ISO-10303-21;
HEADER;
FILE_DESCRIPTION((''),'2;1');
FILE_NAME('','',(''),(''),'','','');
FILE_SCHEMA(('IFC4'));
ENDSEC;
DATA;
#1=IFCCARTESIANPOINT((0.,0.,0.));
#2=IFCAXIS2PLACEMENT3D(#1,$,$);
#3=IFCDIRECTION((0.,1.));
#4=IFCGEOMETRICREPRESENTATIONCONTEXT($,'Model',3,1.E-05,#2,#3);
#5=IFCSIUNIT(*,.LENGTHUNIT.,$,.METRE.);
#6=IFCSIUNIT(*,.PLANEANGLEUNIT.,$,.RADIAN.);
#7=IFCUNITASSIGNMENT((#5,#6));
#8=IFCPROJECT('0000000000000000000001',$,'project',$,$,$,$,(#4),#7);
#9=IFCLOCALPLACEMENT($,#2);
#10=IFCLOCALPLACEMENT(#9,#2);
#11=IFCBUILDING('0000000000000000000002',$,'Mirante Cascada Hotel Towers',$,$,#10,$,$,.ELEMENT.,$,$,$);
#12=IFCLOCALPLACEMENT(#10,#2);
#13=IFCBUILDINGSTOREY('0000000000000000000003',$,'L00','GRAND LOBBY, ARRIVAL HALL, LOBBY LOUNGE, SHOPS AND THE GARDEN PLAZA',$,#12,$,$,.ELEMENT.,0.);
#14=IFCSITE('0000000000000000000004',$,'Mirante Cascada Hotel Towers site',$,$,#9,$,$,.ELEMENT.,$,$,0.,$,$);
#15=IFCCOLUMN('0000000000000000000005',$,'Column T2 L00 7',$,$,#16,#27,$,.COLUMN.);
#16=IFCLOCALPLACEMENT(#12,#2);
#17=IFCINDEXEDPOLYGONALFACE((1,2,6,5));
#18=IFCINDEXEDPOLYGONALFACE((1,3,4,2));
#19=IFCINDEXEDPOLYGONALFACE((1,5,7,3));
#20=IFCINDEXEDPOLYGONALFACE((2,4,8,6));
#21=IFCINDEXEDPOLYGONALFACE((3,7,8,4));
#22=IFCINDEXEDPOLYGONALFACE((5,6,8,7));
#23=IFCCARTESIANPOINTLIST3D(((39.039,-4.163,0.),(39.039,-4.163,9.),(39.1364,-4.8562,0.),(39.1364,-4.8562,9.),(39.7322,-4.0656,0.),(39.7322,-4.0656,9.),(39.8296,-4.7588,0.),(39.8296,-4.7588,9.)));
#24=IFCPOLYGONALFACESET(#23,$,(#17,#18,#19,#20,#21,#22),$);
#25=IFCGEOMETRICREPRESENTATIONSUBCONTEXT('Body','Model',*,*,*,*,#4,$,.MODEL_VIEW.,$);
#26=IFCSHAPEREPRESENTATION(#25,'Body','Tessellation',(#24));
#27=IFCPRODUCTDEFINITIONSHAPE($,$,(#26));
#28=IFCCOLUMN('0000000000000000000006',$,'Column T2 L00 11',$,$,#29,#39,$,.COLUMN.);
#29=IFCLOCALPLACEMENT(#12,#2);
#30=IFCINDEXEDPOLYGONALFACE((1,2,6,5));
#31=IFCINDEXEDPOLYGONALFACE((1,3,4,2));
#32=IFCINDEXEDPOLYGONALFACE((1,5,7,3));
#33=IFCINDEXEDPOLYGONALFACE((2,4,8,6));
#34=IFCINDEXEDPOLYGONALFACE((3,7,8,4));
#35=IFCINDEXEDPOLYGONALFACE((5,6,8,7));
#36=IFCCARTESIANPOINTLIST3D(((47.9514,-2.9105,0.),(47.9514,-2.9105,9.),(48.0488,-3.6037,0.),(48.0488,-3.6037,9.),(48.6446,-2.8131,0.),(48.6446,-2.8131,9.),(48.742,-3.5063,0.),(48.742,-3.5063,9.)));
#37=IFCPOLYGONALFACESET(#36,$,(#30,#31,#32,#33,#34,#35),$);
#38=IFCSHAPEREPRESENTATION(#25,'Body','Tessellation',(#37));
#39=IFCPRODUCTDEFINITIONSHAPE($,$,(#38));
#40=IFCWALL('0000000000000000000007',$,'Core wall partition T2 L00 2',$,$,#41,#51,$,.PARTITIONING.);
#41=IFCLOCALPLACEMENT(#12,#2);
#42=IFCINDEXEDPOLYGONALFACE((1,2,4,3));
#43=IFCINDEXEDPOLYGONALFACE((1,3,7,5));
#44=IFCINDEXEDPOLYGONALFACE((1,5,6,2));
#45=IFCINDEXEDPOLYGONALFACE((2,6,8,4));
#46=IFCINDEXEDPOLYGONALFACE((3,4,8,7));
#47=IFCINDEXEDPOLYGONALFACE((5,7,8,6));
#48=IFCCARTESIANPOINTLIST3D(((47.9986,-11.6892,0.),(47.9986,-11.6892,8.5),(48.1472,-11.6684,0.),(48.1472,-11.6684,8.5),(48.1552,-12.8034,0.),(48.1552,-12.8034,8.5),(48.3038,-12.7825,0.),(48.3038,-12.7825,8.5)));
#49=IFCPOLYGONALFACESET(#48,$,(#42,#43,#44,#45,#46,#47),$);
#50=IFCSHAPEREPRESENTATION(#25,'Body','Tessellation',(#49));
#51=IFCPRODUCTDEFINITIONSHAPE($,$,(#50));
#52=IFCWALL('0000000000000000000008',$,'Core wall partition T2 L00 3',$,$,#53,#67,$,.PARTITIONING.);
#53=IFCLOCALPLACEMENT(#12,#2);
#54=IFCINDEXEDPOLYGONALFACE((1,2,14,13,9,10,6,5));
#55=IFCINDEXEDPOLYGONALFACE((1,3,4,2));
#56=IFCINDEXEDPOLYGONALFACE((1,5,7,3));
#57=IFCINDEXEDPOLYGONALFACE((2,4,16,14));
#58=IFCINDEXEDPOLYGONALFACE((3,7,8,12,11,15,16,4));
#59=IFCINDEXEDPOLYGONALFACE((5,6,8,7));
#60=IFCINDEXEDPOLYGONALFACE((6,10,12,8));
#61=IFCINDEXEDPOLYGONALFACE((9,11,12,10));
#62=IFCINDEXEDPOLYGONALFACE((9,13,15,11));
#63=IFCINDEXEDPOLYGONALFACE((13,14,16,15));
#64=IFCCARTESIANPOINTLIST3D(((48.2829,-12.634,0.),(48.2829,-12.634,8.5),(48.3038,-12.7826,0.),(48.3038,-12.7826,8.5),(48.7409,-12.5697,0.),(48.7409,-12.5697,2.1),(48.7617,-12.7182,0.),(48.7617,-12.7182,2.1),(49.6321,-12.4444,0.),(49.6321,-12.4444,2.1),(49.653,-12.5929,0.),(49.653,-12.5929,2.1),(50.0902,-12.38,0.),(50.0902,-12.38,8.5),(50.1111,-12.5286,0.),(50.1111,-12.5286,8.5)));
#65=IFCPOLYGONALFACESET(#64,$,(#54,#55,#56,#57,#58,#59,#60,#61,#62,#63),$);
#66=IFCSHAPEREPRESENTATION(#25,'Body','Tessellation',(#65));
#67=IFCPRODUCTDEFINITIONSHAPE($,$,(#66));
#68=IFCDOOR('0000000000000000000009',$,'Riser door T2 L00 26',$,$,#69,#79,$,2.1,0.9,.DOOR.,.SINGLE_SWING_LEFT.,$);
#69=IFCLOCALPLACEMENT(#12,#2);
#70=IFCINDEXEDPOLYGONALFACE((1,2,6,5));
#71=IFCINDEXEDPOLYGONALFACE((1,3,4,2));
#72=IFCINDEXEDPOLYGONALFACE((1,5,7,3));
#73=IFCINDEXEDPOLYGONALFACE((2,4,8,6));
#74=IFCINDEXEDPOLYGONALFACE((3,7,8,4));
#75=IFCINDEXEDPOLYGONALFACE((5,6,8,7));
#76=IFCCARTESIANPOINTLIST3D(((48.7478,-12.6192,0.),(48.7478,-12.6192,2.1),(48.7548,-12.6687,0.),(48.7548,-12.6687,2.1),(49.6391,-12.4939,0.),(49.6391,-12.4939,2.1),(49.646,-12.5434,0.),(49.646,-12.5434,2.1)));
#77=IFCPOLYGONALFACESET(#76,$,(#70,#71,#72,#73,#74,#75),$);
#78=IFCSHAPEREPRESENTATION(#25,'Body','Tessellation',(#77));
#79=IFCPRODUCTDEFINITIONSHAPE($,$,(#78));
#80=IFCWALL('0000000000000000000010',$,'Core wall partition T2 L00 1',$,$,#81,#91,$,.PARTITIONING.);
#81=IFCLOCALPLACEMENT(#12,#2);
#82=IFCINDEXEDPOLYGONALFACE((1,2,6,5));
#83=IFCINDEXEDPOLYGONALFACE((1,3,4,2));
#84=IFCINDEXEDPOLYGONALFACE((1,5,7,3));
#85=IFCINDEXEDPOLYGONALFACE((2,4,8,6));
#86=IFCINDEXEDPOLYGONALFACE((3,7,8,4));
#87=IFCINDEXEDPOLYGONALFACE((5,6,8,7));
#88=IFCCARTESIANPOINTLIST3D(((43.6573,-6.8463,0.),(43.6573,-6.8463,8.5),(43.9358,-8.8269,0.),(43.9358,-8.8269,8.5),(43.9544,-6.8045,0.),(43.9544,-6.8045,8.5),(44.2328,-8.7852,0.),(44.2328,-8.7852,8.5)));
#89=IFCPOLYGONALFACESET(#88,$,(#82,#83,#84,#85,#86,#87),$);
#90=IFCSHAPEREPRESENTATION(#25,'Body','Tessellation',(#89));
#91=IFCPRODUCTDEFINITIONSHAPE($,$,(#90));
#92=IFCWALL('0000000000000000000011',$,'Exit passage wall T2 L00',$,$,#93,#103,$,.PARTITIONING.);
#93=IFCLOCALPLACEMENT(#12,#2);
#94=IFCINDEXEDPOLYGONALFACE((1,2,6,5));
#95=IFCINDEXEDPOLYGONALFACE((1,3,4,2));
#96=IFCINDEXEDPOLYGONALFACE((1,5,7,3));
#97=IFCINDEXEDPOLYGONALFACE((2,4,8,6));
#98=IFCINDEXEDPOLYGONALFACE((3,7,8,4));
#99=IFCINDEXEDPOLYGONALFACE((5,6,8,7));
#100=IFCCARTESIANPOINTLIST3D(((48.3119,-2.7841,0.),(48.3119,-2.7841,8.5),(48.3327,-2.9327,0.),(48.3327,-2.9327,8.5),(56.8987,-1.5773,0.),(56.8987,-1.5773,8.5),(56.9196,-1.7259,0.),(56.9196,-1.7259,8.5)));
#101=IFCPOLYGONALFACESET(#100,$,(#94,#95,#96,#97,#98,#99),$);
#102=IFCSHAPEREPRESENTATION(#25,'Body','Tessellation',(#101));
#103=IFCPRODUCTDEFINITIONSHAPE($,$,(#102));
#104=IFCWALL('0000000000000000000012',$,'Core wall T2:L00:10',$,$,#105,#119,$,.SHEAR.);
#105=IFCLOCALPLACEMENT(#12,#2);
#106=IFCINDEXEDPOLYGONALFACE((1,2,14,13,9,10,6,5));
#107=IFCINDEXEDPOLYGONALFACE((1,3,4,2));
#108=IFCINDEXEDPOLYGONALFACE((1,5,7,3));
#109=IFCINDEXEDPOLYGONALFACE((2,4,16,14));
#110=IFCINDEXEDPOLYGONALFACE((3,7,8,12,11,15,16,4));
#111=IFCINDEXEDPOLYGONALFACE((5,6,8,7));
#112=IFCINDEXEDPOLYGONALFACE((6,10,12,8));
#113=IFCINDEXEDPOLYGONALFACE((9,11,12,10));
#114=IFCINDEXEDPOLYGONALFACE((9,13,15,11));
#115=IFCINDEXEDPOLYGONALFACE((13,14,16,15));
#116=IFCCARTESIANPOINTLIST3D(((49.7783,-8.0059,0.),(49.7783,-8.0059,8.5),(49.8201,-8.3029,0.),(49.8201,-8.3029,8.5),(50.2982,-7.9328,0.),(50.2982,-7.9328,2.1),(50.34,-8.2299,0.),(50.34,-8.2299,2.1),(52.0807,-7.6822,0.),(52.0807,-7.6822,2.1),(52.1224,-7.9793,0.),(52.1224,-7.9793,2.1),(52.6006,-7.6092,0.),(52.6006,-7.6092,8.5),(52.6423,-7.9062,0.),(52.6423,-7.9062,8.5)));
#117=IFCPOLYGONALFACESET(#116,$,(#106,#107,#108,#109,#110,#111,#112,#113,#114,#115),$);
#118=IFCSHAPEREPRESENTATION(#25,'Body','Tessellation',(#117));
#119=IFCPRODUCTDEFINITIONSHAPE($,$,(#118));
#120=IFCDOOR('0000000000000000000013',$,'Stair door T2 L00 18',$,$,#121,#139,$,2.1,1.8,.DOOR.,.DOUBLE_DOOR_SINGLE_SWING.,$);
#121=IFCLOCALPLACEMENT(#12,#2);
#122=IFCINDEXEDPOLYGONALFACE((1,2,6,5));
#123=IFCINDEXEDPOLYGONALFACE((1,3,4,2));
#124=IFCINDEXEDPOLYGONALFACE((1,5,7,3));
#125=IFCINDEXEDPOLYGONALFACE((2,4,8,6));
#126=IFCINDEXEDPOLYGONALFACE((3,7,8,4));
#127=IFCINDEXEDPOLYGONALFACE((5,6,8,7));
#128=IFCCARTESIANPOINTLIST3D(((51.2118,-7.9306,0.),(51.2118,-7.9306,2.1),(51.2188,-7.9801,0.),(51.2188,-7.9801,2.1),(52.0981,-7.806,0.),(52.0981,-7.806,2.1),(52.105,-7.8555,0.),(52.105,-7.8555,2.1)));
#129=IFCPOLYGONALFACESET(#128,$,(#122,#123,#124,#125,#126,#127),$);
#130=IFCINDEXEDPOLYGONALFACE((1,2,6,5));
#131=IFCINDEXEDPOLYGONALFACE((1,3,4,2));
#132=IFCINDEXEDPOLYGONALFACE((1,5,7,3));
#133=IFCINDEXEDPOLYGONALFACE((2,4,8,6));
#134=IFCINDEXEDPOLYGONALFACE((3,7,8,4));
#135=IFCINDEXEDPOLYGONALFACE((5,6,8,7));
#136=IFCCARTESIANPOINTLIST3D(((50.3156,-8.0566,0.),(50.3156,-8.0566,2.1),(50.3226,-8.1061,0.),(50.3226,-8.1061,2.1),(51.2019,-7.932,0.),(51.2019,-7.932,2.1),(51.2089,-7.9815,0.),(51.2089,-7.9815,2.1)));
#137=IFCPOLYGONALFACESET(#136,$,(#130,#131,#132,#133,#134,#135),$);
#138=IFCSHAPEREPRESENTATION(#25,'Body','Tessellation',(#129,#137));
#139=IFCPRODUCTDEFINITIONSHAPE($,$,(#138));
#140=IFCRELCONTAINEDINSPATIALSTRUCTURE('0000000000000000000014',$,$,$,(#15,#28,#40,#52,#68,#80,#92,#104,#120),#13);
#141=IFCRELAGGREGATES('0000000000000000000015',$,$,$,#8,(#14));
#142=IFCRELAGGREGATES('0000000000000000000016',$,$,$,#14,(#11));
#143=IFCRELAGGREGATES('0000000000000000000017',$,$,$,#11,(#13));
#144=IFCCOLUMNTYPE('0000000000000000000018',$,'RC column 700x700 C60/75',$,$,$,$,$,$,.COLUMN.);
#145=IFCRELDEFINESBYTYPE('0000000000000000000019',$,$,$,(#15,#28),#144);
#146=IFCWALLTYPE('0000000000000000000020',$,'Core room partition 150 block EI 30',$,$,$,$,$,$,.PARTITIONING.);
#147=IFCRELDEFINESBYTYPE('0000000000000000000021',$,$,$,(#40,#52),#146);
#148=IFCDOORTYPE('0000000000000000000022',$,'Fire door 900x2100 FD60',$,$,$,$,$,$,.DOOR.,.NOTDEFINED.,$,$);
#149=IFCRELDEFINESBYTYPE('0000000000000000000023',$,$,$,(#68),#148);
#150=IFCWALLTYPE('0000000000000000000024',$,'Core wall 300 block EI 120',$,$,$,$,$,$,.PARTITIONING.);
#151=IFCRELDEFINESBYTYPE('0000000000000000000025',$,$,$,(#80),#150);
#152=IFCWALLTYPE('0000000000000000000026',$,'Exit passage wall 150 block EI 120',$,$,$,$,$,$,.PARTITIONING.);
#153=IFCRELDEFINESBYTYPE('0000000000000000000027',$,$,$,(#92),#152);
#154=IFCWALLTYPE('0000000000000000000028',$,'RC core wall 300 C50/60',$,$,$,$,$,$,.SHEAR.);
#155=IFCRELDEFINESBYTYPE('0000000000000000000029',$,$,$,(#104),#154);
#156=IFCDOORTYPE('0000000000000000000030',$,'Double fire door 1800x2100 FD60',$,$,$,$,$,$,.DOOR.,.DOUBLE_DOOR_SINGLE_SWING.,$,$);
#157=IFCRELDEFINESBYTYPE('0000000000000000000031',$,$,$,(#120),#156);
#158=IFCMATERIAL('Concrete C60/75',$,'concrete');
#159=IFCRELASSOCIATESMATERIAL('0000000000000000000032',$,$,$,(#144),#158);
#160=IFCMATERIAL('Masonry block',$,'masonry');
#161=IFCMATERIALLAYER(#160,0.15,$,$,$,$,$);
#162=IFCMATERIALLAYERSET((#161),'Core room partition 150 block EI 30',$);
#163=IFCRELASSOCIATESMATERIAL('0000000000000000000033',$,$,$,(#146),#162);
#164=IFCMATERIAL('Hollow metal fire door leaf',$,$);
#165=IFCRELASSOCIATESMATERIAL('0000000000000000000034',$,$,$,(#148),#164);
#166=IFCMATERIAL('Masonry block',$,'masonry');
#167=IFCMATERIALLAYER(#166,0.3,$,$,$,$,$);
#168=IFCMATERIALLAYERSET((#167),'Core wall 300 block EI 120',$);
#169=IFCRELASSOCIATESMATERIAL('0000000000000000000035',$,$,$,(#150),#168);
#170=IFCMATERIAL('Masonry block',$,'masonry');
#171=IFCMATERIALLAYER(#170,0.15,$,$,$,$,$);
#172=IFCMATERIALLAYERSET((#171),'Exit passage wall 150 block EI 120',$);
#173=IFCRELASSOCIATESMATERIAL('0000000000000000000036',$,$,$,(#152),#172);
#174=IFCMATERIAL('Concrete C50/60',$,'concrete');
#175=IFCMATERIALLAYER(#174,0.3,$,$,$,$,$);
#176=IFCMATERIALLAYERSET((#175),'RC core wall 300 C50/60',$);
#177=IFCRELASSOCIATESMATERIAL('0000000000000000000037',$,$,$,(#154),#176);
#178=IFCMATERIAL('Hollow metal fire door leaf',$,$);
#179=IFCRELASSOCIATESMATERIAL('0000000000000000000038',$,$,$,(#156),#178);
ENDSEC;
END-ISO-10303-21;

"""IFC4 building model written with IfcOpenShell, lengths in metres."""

from ifc_helpers import new_model, si_unit, direction, frame, frame_2d, origin, origin_2d, place, context, subcontext, project, spatial, rectangle, extrude, material, layer, layer_set, material_profile, profile_set, type_object, element, fill, save


model = new_model("IFC4")

# Units and contexts
model_context = context("Model", 3, precision=1e-05, world=origin(), true_north=direction((0.0, 1.0)))
body_context = subcontext(model_context, "Body", "Model", "MODEL_VIEW")
ifc_project = project(units=[si_unit("LENGTHUNIT", "METRE"), si_unit("PLANEANGLEUNIT", "RADIAN")], contexts=[model_context])

# Site, building, storey
site_placement = place(None, origin())
site = spatial("IfcSite", under=ifc_project, at=site_placement, Name="Mirante Cascada Hotel Towers site", CompositionType="ELEMENT", RefElevation=0.0)
building_placement = place(site_placement, origin())
building = spatial("IfcBuilding", under=site, at=building_placement, Name="Mirante Cascada Hotel Towers", CompositionType="ELEMENT")
storey_placement = place(building_placement, origin())
storey = spatial("IfcBuildingStorey", under=building, at=storey_placement, Name="L00", Description="GRAND LOBBY, ARRIVAL HALL, LOBBY LOUNGE, SHOPS AND THE GARDEN PLAZA", CompositionType="ELEMENT", Elevation=0.0)

# Columns
ifc_material_1 = material(Name="Concrete C60/75", Category="concrete")
ifc_material_profile = material_profile(ifc_material_1, rectangle(XDim=0.7, YDim=0.7, at=origin_2d()), Name="RC column 700x700 C60/75")
ifc_profile_set = profile_set([ifc_material_profile], Name="Concrete C60/75")
column_type = type_object("IfcColumnType", Name="RC column 700x700 C60/75", PredefinedType="COLUMN", material=ifc_profile_set)
for number, where, z_axis, x_axis, name in (
    (1, (39.4343, -4.4609, 0.0), (0.0, 0.0, 1.0), (0.990268, 0.139173, 0.0), "Column T2 L00 7"),
    (2, (48.3467, -3.2084, 0.0), (0.0, 0.0, 1.0), (0.990268, 0.139173, 0.0), "Column T2 L00 11"),
):
    element("IfcColumn", number, at=place(storey_placement, frame(where, z_axis=z_axis, x_axis=x_axis)), inside=storey, type_object=column_type, Name=name, PredefinedType="COLUMN", context=body_context, shape_type="SweptSolid", body=[
        extrude(rectangle(XDim=0.7, YDim=0.7, at=origin_2d()), origin(), (0.0, 0.0, 1.0), 9.0),
    ])

# Wall
ifc_material_2 = material(Name="Masonry block", Category="masonry")
ifc_layer_1 = layer(ifc_material_2, 0.15)
ifc_layer_set_1 = layer_set([ifc_layer_1], Name="Core room partition 150 block EI 30")
wall_type_1 = type_object("IfcWallType", Name="Core room partition 150 block EI 30", PredefinedType="PARTITIONING", material=ifc_layer_set_1)
wall_1_placement = place(storey_placement, frame((48.2295, -12.793, 0.0), z_axis=(0.0, 0.0, 1.0), x_axis=(-0.139193, 0.990265, 0.0)))
element("IfcWall", 3, at=wall_1_placement, inside=storey, type_object=wall_type_1, Name="Core wall partition T2 L00 2", PredefinedType="PARTITIONING", context=body_context, shape_type="SweptSolid", body=[
    extrude(rectangle(XDim=1.1251, YDim=0.15, at=frame_2d((0.5626, 0.0))), origin(), (0.0, 0.0, 1.0), 8.5),
])

# Wall, opening, door
wall_2_placement = place(storey_placement, frame((48.2933, -12.7083, 0.0), z_axis=(0.0, 0.0, 1.0), x_axis=(0.990268, 0.139173, 0.0)))
wall_2 = element("IfcWall", 4, at=wall_2_placement, inside=storey, type_object=wall_type_1, Name="Core wall partition T2 L00 3", PredefinedType="PARTITIONING", context=body_context, shape_type="SweptSolid", body=[
    extrude(rectangle(XDim=1.8251, YDim=0.15, at=frame_2d((0.9126, 0.0))), origin(), (0.0, 0.0, 1.0), 8.5),
])
opening_1_placement = place(wall_2_placement, frame((0.4625, 0.0, 0.0)))
opening_1 = element("IfcOpeningElement", 5, at=opening_1_placement, cuts=wall_2, PredefinedType="OPENING", context=body_context, shape_type="SweptSolid", body=[
    extrude(rectangle(XDim=0.9, YDim=2.1, at=frame_2d((0.45, 1.05))), frame((0.0, 0.075, 0.0), z_axis=(0.0, -1.0, 0.0), x_axis=(1.0, 0.0, 0.0)), (0.0, 0.0, 1.0), 0.15),
])
ifc_material_3 = material(Name="Hollow metal fire door leaf")
door_type_1 = type_object("IfcDoorType", Name="Fire door 900x2100 FD60", OperationType="NOTDEFINED", PredefinedType="DOOR", material=ifc_material_3)
door_1_placement = place(opening_1_placement, frame((0.9, 0.0, 0.0), z_axis=(0.0, 0.0, 1.0), x_axis=(-1.0, 0.0, 0.0)))
door_1 = element("IfcDoor", 6, at=door_1_placement, inside=storey, type_object=door_type_1, Name="Riser door T2 L00 26", OperationType="SINGLE_SWING_LEFT", OverallHeight=2.1, OverallWidth=0.9, PredefinedType="DOOR", context=body_context, shape_type="SweptSolid", body=[
    extrude(rectangle(XDim=0.9, YDim=2.1, at=frame_2d((0.45, 1.05))), frame((0.0, 0.025, 0.0), z_axis=(0.0, -1.0, 0.0), x_axis=(1.0, 0.0, 0.0)), (0.0, 0.0, 1.0), 0.05),
])
fill(opening_1, door_1)

# Walls
ifc_material_4 = material(Name="Masonry block", Category="masonry")
ifc_layer_2 = layer(ifc_material_4, 0.3)
ifc_layer_set_2 = layer_set([ifc_layer_2], Name="Core wall 300 block EI 120")
wall_type_2 = type_object("IfcWallType", Name="Core wall 300 block EI 120", PredefinedType="PARTITIONING", material=ifc_layer_set_2)
wall_3_placement = place(storey_placement, frame((44.0843, -8.8061, 0.0), z_axis=(0.0, 0.0, 1.0), x_axis=(-0.139195, 0.990265, 0.0)))
element("IfcWall", 7, at=wall_3_placement, inside=storey, type_object=wall_type_2, Name="Core wall partition T2 L00 1", PredefinedType="PARTITIONING", context=body_context, shape_type="SweptSolid", body=[
    extrude(rectangle(XDim=2.0001, YDim=0.3, at=frame_2d((1.0001, 0.0))), origin(), (0.0, 0.0, 1.0), 8.5),
])
ifc_material_5 = material(Name="Masonry block", Category="masonry")
ifc_layer_3 = layer(ifc_material_5, 0.15)
ifc_layer_set_3 = layer_set([ifc_layer_3], Name="Exit passage wall 150 block EI 120")
wall_type_3 = type_object("IfcWallType", Name="Exit passage wall 150 block EI 120", PredefinedType="PARTITIONING", material=ifc_layer_set_3)
wall_4_placement = place(storey_placement, frame((48.3223, -2.8584, 0.0), z_axis=(0.0, 0.0, 1.0), x_axis=(0.990268, 0.139174, 0.0)))
element("IfcWall", 8, at=wall_4_placement, inside=storey, type_object=wall_type_3, Name="Exit passage wall T2 L00", PredefinedType="PARTITIONING", context=body_context, shape_type="SweptSolid", body=[
    extrude(rectangle(XDim=8.6712, YDim=0.15, at=frame_2d((4.3356, 0.0))), origin(), (0.0, 0.0, 1.0), 8.5),
])

# Wall, opening, door
ifc_material_6 = material(Name="Concrete C50/60", Category="concrete")
ifc_layer_4 = layer(ifc_material_6, 0.3)
ifc_layer_set_4 = layer_set([ifc_layer_4], Name="RC core wall 300 C50/60")
wall_type_4 = type_object("IfcWallType", Name="RC core wall 300 C50/60", PredefinedType="SHEAR", material=ifc_layer_set_4)
wall_5_placement = place(storey_placement, frame((49.7992, -8.1544, 0.0), z_axis=(0.0, 0.0, 1.0), x_axis=(0.990266, 0.139191, 0.0)))
wall_5 = element("IfcWall", 9, at=wall_5_placement, inside=storey, type_object=wall_type_4, Name="Core wall T2:L00:10", PredefinedType="SHEAR", context=body_context, shape_type="SweptSolid", body=[
    extrude(rectangle(XDim=2.85, YDim=0.3, at=frame_2d((1.425, 0.0))), origin(), (0.0, 0.0, 1.0), 8.5),
])
opening_2_placement = place(wall_5_placement, frame((0.525, 0.0, 0.0)))
opening_2 = element("IfcOpeningElement", 10, at=opening_2_placement, cuts=wall_5, PredefinedType="OPENING", context=body_context, shape_type="SweptSolid", body=[
    extrude(rectangle(XDim=1.8, YDim=2.1, at=frame_2d((0.9, 1.05))), frame((0.0, 0.15, 0.0), z_axis=(0.0, -1.0, 0.0), x_axis=(1.0, 0.0, 0.0)), (0.0, 0.0, 1.0), 0.3),
])
ifc_material_7 = material(Name="Hollow metal fire door leaf")
door_type_2 = type_object("IfcDoorType", Name="Double fire door 1800x2100 FD60", OperationType="DOUBLE_DOOR_SINGLE_SWING", PredefinedType="DOOR", material=ifc_material_7)
door_2_placement = place(opening_2_placement, frame((1.8, 0.0, 0.0), z_axis=(0.0, 0.0, 1.0), x_axis=(-1.0, 0.0, 0.0)))
door_2 = element("IfcDoor", 11, at=door_2_placement, inside=storey, type_object=door_type_2, Name="Stair door T2 L00 18", OperationType="DOUBLE_DOOR_SINGLE_SWING", OverallHeight=2.1, OverallWidth=1.8, PredefinedType="DOOR", context=body_context, shape_type="SweptSolid", body=[
    extrude(rectangle(XDim=0.895, YDim=2.1, at=frame_2d((0.4475, 1.05))), frame((0.0, 0.025, 0.0), z_axis=(0.0, -1.0, 0.0), x_axis=(1.0, 0.0, 0.0)), (0.0, 0.0, 1.0), 0.05),
    extrude(rectangle(XDim=0.895, YDim=2.1, at=frame_2d((1.3525, 1.05))), frame((0.0, 0.025, 0.0), z_axis=(0.0, -1.0, 0.0), x_axis=(1.0, 0.0, 0.0)), (0.0, 0.0, 1.0), 0.05),
])
fill(opening_2, door_2)

save(model, "model.ifc")
